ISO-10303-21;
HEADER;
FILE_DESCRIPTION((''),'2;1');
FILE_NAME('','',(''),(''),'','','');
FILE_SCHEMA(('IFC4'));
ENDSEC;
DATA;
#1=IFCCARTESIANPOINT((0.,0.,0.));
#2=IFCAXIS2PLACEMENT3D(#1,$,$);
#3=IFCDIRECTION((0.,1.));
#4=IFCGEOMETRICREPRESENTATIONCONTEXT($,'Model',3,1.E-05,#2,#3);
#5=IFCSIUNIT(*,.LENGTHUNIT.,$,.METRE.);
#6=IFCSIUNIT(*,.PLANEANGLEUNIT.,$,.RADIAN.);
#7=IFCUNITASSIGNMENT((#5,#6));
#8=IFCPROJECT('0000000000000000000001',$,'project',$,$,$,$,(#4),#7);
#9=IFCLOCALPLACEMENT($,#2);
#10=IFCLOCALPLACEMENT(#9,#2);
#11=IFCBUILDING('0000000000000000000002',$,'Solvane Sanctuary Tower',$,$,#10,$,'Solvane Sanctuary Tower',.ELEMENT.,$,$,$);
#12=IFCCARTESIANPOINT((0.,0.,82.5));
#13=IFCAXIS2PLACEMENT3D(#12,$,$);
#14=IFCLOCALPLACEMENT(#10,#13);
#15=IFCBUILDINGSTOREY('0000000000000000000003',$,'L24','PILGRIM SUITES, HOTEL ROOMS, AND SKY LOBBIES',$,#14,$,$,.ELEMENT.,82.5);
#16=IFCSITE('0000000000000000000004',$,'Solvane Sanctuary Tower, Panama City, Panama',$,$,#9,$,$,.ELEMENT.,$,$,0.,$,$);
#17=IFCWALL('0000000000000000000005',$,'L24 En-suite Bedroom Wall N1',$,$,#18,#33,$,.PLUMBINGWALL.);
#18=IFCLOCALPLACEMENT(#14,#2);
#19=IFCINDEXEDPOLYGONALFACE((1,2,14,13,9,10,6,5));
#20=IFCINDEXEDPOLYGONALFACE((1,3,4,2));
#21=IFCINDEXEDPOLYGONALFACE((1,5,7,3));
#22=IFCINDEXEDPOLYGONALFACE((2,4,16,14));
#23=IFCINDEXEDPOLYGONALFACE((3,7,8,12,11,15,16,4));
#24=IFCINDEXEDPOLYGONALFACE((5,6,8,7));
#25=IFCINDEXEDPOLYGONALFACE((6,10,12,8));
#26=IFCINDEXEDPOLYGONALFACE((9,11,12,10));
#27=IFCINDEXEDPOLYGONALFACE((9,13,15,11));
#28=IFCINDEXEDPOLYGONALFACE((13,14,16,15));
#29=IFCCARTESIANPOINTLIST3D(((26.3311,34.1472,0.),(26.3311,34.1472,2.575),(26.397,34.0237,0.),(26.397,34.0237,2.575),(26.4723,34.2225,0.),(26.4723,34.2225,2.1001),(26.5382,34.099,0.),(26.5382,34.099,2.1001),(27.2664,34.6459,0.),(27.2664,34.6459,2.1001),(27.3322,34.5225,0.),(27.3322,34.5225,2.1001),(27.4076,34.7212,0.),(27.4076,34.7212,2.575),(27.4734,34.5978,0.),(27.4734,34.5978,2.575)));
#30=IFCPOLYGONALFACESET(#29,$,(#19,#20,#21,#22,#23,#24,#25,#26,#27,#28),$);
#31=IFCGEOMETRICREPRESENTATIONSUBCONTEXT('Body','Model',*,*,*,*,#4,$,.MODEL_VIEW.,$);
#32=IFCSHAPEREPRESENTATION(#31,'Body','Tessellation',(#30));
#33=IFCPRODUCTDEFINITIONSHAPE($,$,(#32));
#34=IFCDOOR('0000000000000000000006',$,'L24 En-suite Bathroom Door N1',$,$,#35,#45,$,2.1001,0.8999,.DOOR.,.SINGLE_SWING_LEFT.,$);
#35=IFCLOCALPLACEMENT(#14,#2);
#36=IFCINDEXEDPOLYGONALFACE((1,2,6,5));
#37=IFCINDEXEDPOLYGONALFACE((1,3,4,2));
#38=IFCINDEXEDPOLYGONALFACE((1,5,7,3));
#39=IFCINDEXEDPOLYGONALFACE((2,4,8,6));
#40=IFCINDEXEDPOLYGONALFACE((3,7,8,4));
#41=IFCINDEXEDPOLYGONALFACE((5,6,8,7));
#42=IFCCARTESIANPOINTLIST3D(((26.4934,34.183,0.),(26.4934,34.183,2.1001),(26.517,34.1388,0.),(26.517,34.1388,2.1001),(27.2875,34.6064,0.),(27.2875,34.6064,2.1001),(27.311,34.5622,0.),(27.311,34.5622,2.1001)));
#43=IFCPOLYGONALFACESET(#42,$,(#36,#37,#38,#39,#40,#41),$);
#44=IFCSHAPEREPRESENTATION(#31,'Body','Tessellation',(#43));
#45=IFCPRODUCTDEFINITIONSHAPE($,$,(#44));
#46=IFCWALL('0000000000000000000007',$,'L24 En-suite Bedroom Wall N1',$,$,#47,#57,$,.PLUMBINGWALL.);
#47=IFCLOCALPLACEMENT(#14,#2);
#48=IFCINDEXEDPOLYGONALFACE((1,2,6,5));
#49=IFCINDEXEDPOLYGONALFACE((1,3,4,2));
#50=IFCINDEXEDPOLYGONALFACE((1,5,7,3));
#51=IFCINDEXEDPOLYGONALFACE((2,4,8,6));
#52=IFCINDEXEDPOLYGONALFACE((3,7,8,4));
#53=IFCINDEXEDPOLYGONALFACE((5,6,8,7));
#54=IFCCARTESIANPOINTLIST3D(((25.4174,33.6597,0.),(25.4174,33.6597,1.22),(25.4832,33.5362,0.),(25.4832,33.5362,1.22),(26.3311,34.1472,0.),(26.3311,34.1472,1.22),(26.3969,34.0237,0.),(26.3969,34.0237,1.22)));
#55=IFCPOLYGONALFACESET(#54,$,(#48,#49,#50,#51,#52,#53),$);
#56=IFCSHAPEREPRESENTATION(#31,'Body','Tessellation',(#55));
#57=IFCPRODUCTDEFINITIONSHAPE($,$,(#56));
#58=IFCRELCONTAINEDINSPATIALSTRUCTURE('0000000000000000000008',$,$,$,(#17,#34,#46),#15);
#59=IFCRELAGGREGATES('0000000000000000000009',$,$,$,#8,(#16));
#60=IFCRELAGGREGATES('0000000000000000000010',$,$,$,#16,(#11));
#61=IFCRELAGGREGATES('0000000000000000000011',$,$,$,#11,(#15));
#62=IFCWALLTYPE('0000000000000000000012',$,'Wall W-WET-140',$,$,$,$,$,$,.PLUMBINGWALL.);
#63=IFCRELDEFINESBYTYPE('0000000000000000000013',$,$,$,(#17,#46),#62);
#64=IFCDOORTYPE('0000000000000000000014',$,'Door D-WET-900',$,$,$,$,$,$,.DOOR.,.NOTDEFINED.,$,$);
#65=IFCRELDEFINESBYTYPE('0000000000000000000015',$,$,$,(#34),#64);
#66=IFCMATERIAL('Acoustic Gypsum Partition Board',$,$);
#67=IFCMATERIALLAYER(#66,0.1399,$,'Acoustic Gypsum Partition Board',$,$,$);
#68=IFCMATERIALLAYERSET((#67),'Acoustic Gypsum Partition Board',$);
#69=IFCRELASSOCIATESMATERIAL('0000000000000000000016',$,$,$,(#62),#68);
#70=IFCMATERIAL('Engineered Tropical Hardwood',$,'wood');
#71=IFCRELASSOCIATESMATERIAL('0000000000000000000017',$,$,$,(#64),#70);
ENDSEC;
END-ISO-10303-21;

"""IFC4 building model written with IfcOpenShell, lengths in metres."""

from ifc_helpers import new_model, si_unit, direction, frame, frame_2d, origin, place, context, subcontext, project, spatial, rectangle, extrude, material, layer, layer_set, type_object, element, fill, save


model = new_model("IFC4")

# Units and contexts
model_context = context("Model", 3, precision=1e-05, world=origin(), true_north=direction((0.0, 1.0)))
body_context = subcontext(model_context, "Body", "Model", "MODEL_VIEW")
ifc_project = project(units=[si_unit("LENGTHUNIT", "METRE"), si_unit("PLANEANGLEUNIT", "RADIAN")], contexts=[model_context])

# Site, building, storey
site_placement = place(None, origin())
site = spatial("IfcSite", under=ifc_project, at=site_placement, Name="Solvane Sanctuary Tower, Panama City, Panama", CompositionType="ELEMENT", RefElevation=0.0)
building_placement = place(site_placement, origin())
building = spatial("IfcBuilding", under=site, at=building_placement, Name="Solvane Sanctuary Tower", LongName="Solvane Sanctuary Tower", CompositionType="ELEMENT")
storey_placement = place(building_placement, frame((0.0, 0.0, 82.5)))
storey = spatial("IfcBuildingStorey", under=building, at=storey_placement, Name="L24", Description="PILGRIM SUITES, HOTEL ROOMS, AND SKY LOBBIES", CompositionType="ELEMENT", Elevation=82.5)

# Shared definitions
ifc_material_1 = material(Name="Acoustic Gypsum Partition Board")
ifc_layer_1 = layer(ifc_material_1, 0.1399, Name="Acoustic Gypsum Partition Board")
ifc_layer_set_1 = layer_set([ifc_layer_1], Name="Acoustic Gypsum Partition Board")
wall_type_1 = type_object("IfcWallType", Name="Wall W-WET-140", PredefinedType="PLUMBINGWALL", material=ifc_layer_set_1)

# Wall, opening, door
wall_1_placement = place(storey_placement, frame((27.4404, 34.6594, 0.0), z_axis=(0.0, 0.0, 1.0), x_axis=(-0.882392, -0.470516, 0.0)))
wall_1 = element("IfcWall", 1, at=wall_1_placement, inside=storey, type_object=wall_type_1, Name="L24 En-suite Bedroom Wall N1", PredefinedType="PLUMBINGWALL", context=body_context, shape_type="SweptSolid", body=[
    extrude(rectangle(XDim=1.22, YDim=0.1399, at=frame_2d((0.6099, 0.0))), origin(), (0.0, 0.0, 1.0), 2.575),
])
opening_placement = place(wall_1_placement, frame((0.1599, 0.0, 0.0)))
opening = element("IfcOpeningElement", 2, at=opening_placement, cuts=wall_1, PredefinedType="OPENING", context=body_context, shape_type="SweptSolid", body=[
    extrude(rectangle(XDim=0.8999, YDim=2.1001, at=frame_2d((0.45, 1.05))), frame((0.0, 0.0798, 0.0), z_axis=(0.0, -1.0, 0.0), x_axis=(1.0, 0.0, 0.0)), (0.0, 0.0, 1.0), 0.1599),
])
ifc_material_2 = material(Name="Engineered Tropical Hardwood", Category="wood")
door_type = type_object("IfcDoorType", Name="Door D-WET-900", OperationType="NOTDEFINED", PredefinedType="DOOR", material=ifc_material_2)
door_placement = place(opening_placement, origin())
door = element("IfcDoor", 3, at=door_placement, inside=storey, type_object=door_type, Name="L24 En-suite Bathroom Door N1", OperationType="SINGLE_SWING_LEFT", OverallHeight=2.1001, OverallWidth=0.8999, PredefinedType="DOOR", context=body_context, shape_type="SweptSolid", body=[
    extrude(rectangle(XDim=0.8999, YDim=2.1001, at=frame_2d((0.45, 1.05))), frame((0.0, 0.0249, 0.0), z_axis=(0.0, -1.0, 0.0), x_axis=(1.0, 0.0, 0.0)), (0.0, 0.0, 1.0), 0.05),
])
fill(opening, door)

# Wall
wall_2_placement = place(storey_placement, frame((26.364, 34.0854, 0.0), z_axis=(0.0, 0.0, 1.0), x_axis=(-0.882281, -0.470723, 0.0)))
element("IfcWall", 4, at=wall_2_placement, inside=storey, type_object=wall_type_1, Name="L24 En-suite Bedroom Wall N1", PredefinedType="PLUMBINGWALL", context=body_context, shape_type="SweptSolid", body=[
    extrude(rectangle(XDim=1.0356, YDim=0.1399, at=frame_2d((0.5178, 0.0))), origin(), (0.0, 0.0, 1.0), 1.22),
])

save(model, "model.ifc")
